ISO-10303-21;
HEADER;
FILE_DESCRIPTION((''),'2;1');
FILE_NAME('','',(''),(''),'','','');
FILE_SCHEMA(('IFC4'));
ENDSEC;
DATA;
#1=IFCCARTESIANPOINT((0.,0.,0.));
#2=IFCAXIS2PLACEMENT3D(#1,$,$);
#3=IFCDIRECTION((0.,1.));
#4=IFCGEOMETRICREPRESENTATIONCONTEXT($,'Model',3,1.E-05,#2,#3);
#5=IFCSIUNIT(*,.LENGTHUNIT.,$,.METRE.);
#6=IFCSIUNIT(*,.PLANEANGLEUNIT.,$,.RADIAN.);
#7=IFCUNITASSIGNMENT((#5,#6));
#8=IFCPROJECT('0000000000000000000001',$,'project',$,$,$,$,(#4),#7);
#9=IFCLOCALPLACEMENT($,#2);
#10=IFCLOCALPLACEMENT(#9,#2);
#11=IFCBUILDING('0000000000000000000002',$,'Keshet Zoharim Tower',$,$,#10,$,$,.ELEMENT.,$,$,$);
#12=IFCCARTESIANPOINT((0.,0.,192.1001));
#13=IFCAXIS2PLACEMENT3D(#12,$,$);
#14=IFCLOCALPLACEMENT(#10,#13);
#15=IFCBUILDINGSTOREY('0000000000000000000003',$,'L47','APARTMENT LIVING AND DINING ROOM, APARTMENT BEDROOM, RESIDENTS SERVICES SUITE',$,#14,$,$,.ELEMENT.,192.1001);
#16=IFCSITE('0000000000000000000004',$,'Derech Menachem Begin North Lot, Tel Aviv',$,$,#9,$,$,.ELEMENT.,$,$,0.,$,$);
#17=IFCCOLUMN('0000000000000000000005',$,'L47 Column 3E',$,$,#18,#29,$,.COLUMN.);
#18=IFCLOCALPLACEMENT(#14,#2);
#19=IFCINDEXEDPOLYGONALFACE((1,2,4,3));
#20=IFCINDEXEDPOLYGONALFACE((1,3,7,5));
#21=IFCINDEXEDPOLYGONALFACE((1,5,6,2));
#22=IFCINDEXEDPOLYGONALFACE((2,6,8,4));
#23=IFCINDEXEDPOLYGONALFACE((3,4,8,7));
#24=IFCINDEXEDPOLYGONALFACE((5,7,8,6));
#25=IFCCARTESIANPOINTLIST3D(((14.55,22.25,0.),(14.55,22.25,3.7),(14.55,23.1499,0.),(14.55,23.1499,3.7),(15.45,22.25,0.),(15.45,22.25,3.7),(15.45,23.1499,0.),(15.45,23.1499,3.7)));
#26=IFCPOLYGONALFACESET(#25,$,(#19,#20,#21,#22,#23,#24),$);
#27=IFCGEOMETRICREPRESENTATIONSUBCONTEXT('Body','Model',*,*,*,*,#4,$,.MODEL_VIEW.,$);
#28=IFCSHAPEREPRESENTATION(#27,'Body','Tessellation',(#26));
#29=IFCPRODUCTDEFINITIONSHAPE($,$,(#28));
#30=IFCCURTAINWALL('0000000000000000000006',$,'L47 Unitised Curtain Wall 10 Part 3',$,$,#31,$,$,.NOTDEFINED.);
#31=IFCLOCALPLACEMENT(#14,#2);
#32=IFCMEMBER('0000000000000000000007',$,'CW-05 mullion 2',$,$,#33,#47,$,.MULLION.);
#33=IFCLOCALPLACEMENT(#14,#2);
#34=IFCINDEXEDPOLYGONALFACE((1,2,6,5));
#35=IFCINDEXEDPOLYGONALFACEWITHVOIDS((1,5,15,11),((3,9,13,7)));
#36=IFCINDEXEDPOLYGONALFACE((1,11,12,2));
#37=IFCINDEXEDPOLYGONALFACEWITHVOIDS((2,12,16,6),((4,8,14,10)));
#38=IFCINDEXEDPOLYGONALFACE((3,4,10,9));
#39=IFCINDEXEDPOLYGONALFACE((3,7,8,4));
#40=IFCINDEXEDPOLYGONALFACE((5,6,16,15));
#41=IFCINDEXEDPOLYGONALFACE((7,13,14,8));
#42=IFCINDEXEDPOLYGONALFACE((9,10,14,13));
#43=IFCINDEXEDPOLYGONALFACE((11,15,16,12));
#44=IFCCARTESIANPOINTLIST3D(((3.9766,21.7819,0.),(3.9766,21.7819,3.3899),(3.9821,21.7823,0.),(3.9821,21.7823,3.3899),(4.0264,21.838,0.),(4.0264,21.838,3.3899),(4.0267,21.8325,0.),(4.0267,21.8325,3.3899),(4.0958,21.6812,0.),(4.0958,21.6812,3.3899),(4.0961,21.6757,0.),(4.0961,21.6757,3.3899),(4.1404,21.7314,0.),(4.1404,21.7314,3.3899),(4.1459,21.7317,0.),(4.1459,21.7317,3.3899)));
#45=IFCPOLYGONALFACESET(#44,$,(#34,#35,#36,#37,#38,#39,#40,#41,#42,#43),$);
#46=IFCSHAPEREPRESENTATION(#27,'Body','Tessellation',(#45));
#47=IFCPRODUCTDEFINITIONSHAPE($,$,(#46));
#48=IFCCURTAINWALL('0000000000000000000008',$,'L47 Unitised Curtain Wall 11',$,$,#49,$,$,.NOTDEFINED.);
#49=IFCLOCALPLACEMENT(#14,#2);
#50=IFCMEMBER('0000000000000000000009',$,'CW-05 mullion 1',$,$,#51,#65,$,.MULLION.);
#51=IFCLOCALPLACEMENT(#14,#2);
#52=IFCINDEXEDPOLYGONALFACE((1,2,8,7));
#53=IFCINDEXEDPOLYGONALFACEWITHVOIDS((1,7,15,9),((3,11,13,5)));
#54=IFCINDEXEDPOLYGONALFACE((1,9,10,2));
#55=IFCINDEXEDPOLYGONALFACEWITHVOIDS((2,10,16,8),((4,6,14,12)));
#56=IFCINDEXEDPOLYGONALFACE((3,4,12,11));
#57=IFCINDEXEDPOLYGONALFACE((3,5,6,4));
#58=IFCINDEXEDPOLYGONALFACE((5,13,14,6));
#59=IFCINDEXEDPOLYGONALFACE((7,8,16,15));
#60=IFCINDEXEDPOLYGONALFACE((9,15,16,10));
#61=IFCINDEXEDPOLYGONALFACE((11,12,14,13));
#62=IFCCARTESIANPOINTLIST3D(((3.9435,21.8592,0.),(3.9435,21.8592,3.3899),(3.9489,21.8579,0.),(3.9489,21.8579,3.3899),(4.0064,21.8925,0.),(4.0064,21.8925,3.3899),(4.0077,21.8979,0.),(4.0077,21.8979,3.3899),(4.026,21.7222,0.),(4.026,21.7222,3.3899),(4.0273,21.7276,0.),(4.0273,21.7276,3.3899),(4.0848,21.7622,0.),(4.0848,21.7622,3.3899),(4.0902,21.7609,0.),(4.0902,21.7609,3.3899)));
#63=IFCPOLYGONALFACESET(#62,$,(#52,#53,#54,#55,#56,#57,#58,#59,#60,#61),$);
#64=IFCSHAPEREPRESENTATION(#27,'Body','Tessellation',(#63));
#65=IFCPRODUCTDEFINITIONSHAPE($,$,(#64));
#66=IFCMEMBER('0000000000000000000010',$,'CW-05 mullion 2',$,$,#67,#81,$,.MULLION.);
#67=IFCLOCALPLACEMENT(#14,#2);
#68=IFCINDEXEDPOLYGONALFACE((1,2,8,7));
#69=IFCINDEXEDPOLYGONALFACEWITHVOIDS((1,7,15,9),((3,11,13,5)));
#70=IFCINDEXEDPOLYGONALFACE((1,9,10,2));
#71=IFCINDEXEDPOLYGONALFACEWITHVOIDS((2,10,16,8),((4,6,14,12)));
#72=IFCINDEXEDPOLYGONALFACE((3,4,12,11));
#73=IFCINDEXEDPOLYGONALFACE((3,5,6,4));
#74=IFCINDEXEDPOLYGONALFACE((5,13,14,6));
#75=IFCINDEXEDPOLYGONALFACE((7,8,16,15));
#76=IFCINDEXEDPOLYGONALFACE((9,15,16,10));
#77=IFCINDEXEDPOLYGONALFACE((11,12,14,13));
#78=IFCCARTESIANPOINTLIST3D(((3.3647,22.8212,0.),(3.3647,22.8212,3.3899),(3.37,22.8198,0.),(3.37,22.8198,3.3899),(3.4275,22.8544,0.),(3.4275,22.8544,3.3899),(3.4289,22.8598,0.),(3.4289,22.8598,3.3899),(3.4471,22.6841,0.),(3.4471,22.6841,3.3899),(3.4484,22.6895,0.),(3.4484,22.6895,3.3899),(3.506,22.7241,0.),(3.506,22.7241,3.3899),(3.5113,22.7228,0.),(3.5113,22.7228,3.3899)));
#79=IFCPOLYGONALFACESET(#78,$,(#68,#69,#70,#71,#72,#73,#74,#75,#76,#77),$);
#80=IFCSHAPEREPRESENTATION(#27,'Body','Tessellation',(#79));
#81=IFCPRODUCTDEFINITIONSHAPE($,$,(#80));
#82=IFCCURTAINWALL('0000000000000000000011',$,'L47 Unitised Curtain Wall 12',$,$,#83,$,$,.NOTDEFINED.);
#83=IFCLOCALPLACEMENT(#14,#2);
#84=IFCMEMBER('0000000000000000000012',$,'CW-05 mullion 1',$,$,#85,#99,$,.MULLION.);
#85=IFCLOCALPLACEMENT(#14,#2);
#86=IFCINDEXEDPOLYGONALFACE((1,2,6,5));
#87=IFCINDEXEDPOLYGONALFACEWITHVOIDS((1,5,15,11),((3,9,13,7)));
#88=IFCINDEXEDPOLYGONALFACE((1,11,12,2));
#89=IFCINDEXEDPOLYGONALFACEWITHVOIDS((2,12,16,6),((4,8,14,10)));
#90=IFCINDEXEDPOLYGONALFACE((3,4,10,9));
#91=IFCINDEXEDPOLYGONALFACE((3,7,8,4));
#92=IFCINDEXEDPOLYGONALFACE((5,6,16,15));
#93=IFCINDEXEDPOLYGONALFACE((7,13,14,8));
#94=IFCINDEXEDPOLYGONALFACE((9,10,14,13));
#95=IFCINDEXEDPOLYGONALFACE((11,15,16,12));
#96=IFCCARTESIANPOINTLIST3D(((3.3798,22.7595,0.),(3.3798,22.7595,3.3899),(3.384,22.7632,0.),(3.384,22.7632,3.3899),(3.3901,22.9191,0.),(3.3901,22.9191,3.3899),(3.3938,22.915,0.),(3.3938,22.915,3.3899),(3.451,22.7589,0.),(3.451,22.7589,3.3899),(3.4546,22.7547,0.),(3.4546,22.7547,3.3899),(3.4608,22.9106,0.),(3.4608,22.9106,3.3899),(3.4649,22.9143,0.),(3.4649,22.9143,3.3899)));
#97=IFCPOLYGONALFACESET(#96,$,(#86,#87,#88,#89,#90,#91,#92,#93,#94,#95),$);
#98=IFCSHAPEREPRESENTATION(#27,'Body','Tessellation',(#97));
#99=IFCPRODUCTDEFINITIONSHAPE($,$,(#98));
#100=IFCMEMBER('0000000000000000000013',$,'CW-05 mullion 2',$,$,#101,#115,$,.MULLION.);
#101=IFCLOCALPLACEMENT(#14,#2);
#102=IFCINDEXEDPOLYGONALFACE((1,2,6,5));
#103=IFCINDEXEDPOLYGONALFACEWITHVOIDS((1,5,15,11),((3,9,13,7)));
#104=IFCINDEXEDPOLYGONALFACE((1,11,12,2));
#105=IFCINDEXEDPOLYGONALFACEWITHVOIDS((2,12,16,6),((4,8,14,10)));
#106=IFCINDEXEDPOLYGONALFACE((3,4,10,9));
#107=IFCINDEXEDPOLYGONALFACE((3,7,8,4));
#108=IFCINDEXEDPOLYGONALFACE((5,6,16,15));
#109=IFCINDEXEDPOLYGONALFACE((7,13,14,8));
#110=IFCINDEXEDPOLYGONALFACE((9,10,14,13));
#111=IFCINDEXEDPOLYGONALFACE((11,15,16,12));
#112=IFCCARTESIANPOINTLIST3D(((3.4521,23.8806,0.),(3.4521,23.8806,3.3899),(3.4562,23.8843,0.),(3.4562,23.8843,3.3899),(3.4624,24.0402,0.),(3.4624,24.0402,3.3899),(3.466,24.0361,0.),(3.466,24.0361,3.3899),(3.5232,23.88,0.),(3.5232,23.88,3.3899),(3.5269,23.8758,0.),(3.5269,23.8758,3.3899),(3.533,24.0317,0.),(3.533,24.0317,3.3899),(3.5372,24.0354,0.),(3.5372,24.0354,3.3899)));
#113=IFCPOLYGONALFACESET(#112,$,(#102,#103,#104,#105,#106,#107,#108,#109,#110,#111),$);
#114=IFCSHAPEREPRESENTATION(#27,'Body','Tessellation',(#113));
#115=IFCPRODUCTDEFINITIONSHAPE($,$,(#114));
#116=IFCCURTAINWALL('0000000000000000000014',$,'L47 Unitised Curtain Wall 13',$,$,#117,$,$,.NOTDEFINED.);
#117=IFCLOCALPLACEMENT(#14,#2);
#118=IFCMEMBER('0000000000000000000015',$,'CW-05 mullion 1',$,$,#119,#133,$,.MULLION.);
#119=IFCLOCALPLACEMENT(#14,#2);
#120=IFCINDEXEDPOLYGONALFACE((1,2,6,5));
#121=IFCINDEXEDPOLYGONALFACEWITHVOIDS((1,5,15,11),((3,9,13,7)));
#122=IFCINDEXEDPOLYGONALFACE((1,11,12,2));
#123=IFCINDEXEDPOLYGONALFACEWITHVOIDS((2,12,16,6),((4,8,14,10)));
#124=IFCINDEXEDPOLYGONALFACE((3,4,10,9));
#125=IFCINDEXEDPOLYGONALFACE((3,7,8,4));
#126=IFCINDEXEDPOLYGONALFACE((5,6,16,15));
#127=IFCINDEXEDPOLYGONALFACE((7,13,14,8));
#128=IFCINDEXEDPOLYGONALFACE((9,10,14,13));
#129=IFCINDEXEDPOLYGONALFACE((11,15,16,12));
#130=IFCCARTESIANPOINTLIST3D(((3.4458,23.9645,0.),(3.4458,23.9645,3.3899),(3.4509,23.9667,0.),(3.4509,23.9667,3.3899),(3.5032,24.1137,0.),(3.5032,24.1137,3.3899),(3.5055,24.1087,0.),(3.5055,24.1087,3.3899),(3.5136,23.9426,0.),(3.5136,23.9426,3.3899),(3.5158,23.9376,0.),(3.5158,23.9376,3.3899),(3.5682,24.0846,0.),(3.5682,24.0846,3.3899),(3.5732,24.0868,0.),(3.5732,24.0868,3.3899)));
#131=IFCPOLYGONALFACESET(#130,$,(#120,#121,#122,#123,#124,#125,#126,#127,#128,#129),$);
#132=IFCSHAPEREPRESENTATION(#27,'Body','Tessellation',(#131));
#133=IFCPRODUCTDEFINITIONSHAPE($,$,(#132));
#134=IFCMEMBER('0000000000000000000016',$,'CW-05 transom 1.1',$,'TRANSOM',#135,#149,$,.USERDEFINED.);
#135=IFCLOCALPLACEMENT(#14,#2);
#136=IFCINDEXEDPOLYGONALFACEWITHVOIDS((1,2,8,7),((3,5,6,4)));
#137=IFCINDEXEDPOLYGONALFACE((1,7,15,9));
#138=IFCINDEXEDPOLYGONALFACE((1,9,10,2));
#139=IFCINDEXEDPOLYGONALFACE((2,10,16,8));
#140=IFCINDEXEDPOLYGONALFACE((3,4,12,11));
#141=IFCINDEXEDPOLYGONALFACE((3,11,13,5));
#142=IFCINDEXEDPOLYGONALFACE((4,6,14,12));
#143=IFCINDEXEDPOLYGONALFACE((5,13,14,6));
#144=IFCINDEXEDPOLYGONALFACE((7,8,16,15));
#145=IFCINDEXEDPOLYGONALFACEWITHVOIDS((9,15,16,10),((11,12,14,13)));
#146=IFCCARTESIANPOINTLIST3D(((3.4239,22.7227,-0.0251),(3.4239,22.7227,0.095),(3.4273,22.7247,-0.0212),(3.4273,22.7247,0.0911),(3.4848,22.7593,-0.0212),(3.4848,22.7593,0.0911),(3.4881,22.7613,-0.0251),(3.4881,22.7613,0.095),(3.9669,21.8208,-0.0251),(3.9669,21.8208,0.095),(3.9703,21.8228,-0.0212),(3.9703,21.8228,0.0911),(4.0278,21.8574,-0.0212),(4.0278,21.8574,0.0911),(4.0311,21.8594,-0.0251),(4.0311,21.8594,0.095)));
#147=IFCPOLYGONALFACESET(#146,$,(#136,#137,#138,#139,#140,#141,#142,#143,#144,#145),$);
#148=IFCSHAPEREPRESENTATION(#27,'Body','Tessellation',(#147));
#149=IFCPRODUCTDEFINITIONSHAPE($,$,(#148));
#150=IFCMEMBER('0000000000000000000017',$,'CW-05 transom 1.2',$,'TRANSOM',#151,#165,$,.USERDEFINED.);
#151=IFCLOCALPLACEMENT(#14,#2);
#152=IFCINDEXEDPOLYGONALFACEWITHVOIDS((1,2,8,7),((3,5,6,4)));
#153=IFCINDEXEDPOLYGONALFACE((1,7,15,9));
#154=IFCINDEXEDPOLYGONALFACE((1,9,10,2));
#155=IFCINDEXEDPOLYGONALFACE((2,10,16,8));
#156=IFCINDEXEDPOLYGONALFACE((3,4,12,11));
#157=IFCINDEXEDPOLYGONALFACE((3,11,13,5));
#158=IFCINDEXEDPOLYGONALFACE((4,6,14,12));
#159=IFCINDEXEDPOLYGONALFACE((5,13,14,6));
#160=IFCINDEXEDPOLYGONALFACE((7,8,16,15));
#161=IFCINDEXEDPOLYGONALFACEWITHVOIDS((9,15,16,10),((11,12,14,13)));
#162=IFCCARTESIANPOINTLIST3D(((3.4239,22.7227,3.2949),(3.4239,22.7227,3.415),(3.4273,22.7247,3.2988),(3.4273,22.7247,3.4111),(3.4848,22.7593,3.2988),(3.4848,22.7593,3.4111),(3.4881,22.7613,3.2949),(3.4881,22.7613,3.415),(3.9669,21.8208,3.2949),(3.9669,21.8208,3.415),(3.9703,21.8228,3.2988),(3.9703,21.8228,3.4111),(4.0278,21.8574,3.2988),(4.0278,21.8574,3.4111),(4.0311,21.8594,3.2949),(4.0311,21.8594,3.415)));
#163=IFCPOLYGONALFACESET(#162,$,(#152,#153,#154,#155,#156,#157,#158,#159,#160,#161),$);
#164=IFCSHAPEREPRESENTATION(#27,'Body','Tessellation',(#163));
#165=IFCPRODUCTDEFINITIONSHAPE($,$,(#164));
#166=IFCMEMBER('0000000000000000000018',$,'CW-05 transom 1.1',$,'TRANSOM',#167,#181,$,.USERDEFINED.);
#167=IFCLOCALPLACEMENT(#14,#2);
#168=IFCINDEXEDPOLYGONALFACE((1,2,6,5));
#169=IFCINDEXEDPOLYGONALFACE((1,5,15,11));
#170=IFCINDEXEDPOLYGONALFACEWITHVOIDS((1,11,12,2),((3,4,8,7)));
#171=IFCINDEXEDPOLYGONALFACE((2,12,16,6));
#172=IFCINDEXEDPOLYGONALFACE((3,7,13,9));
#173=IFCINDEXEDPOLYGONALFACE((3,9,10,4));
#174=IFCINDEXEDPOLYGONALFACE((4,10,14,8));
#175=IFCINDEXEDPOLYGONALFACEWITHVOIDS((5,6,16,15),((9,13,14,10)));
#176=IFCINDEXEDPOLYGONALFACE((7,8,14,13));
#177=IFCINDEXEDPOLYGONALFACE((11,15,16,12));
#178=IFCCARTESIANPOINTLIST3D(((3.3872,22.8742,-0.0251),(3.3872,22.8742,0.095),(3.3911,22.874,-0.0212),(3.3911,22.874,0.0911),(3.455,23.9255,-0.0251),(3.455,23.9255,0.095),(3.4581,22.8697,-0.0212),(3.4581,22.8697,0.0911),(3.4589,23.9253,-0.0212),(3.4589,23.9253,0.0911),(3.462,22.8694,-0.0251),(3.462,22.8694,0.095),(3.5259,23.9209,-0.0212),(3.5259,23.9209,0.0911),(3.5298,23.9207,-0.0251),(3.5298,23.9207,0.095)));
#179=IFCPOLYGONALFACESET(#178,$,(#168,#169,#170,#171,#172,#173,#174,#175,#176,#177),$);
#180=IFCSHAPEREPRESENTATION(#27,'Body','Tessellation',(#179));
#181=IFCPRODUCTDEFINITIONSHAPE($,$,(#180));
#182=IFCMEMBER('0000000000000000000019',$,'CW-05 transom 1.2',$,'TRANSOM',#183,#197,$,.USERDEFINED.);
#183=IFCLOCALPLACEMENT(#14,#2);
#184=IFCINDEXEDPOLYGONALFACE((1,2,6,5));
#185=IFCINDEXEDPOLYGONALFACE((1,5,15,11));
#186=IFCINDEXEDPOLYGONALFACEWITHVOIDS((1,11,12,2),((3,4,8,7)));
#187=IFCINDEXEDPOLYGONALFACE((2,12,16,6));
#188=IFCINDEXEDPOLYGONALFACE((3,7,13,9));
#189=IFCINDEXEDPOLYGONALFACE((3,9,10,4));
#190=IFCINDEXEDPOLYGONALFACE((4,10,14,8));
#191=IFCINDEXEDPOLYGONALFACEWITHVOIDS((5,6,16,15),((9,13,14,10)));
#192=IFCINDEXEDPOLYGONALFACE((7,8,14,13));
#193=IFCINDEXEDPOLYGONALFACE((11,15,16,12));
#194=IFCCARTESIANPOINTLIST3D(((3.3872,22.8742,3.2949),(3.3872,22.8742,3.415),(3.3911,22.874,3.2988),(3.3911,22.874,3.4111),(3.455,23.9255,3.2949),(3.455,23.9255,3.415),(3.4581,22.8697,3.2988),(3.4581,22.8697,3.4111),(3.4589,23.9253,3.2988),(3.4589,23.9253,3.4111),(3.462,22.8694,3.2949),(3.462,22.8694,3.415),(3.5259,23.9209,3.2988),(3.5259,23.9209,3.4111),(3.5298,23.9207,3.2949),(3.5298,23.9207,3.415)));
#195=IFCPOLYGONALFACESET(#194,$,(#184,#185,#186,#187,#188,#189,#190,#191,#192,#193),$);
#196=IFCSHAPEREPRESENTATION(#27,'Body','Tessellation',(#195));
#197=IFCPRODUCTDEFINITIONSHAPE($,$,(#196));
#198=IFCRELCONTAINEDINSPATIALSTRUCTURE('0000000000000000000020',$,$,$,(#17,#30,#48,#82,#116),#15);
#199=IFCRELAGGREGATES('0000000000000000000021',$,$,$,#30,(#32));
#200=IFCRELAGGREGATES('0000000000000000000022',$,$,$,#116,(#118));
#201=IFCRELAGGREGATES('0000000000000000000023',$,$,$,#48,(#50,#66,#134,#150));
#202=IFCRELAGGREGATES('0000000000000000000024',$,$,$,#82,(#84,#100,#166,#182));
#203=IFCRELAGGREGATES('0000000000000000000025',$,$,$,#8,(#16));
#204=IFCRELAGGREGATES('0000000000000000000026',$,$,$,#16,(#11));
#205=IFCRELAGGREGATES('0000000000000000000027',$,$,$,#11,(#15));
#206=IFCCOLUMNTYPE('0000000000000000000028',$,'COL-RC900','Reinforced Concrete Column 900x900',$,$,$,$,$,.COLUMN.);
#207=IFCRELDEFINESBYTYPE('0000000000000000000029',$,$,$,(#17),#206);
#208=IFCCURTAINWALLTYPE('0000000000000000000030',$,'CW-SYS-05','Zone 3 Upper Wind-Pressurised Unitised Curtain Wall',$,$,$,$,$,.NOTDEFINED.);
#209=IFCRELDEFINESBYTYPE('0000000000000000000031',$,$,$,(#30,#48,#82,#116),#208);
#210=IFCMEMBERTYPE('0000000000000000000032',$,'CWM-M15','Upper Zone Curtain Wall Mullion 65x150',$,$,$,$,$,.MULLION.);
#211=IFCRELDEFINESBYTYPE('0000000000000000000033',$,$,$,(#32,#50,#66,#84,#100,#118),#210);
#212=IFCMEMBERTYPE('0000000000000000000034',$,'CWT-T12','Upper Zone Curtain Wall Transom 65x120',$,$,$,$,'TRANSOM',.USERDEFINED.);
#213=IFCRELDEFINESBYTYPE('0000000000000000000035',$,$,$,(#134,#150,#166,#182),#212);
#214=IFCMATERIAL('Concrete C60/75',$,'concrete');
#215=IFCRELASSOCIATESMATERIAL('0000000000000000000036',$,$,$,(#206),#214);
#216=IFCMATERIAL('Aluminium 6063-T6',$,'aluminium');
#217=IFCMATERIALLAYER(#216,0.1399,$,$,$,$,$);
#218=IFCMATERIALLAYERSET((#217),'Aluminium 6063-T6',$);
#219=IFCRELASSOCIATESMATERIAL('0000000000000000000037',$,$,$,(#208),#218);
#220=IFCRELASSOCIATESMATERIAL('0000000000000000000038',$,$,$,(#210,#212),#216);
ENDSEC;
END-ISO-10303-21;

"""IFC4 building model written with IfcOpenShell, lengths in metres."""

from ifc_helpers import new_model, si_unit, direction, frame, origin, origin_2d, place, context, subcontext, project, spatial, rectangle, hollow_rectangle, extrude, material, layer, layer_set, material_profile, profile_set, type_object, element, aggregate, save


model = new_model("IFC4")

# Units and contexts
model_context = context("Model", 3, precision=1e-05, world=origin(), true_north=direction((0.0, 1.0)))
body_context = subcontext(model_context, "Body", "Model", "MODEL_VIEW")
ifc_project = project(units=[si_unit("LENGTHUNIT", "METRE"), si_unit("PLANEANGLEUNIT", "RADIAN")], contexts=[model_context])

# Site, building, storey
site_placement = place(None, origin())
site = spatial("IfcSite", under=ifc_project, at=site_placement, Name="Derech Menachem Begin North Lot, Tel Aviv", CompositionType="ELEMENT", RefElevation=0.0)
building_placement = place(site_placement, origin())
building = spatial("IfcBuilding", under=site, at=building_placement, Name="Keshet Zoharim Tower", CompositionType="ELEMENT")
storey_placement = place(building_placement, frame((0.0, 0.0, 192.1001)))
storey = spatial("IfcBuildingStorey", under=building, at=storey_placement, Name="L47", Description="APARTMENT LIVING AND DINING ROOM, APARTMENT BEDROOM, RESIDENTS SERVICES SUITE", CompositionType="ELEMENT", Elevation=192.1001)

# Column
ifc_material_1 = material(Name="Concrete C60/75", Category="concrete")
ifc_material_profile_1 = material_profile(ifc_material_1, rectangle(XDim=0.8999, YDim=0.8999, at=origin_2d()), Name="RC900x900")
ifc_profile_set_1 = profile_set([ifc_material_profile_1], Name="Concrete C60/75")
column_type = type_object("IfcColumnType", Name="COL-RC900", Description="Reinforced Concrete Column 900x900", PredefinedType="COLUMN", material=ifc_profile_set_1)
column_placement = place(storey_placement, frame((15.0, 22.7, 0.0), z_axis=(0.0, 0.0, 1.0), x_axis=(1.0, 0.0, 0.0)))
element("IfcColumn", 1, at=column_placement, inside=storey, type_object=column_type, Name="L47 Column 3E", PredefinedType="COLUMN", context=body_context, shape_type="SweptSolid", body=[
    extrude(rectangle(XDim=0.8999, YDim=0.8999, at=origin_2d()), origin(), (0.0, 0.0, 1.0), 3.7),
])

# Curtain wall, member
ifc_material_2 = material(Name="Aluminium 6063-T6", Category="aluminium")
ifc_layer_1 = layer(ifc_material_2, 0.1399)
ifc_layer_set_1 = layer_set([ifc_layer_1], Name="Aluminium 6063-T6")
curtain_wall_type = type_object("IfcCurtainWallType", Name="CW-SYS-05", Description="Zone 3 Upper Wind-Pressurised Unitised Curtain Wall", PredefinedType="NOTDEFINED", material=ifc_layer_set_1)
curtain_wall_1_placement = place(storey_placement, origin())
curtain_wall_1 = element("IfcCurtainWall", 2, at=curtain_wall_1_placement, inside=storey, type_object=curtain_wall_type, Name="L47 Unitised Curtain Wall 10 Part 3", PredefinedType="NOTDEFINED")
ifc_material_profile_2 = material_profile(ifc_material_2, hollow_rectangle(XDim=0.075, YDim=0.1599, WallThickness=0.0039, at=origin_2d()), Name="MUL-75x160")
ifc_profile_set_2 = profile_set([ifc_material_profile_2], Name="Aluminium 6063-T6")
member_type_1 = type_object("IfcMemberType", Name="CWM-M15", Description="Upper Zone Curtain Wall Mullion 65x150", PredefinedType="MULLION", material=ifc_profile_set_2)
member_1_placement = place(storey_placement, frame((4.0613, 21.7568, 0.0), z_axis=(0.0, 0.0, 1.0), x_axis=(-0.664367, -0.747407, 0.0)))
member_1 = element("IfcMember", 3, at=member_1_placement, type_object=member_type_1, Name="CW-05 mullion 2", PredefinedType="MULLION", context=body_context, shape_type="SweptSolid", body=[
    extrude(hollow_rectangle(XDim=0.075, YDim=0.1599, WallThickness=0.0039, at=origin_2d()), origin(), (0.0, 0.0, 1.0), 3.3899),
])
aggregate(curtain_wall_1, [member_1])

# Curtain walls, members
curtain_wall_2_placement = place(storey_placement, origin())
curtain_wall_2 = element("IfcCurtainWall", 4, at=curtain_wall_2_placement, inside=storey, type_object=curtain_wall_type, Name="L47 Unitised Curtain Wall 11", PredefinedType="NOTDEFINED")
member_2_placement = place(storey_placement, frame((4.0168, 21.8101, 0.0), z_axis=(0.0, 0.0, 1.0), x_axis=(-0.856826, -0.515605, 0.0)))
member_2 = element("IfcMember", 5, at=member_2_placement, type_object=member_type_1, Name="CW-05 mullion 1", PredefinedType="MULLION", context=body_context, shape_type="SweptSolid", body=[
    extrude(hollow_rectangle(XDim=0.075, YDim=0.1599, WallThickness=0.0039, at=origin_2d()), origin(), (0.0, 0.0, 1.0), 3.3899),
])
member_3_placement = place(storey_placement, frame((3.438, 22.772, 0.0), z_axis=(0.0, 0.0, 1.0), x_axis=(-0.856826, -0.515605, 0.0)))
member_3 = element("IfcMember", 6, at=member_3_placement, type_object=member_type_1, Name="CW-05 mullion 2", PredefinedType="MULLION", context=body_context, shape_type="SweptSolid", body=[
    extrude(hollow_rectangle(XDim=0.075, YDim=0.1599, WallThickness=0.0039, at=origin_2d()), origin(), (0.0, 0.0, 1.0), 3.3899),
])
curtain_wall_3_placement = place(storey_placement, origin())
curtain_wall_3 = element("IfcCurtainWall", 7, at=curtain_wall_3_placement, inside=storey, type_object=curtain_wall_type, Name="L47 Unitised Curtain Wall 12", PredefinedType="NOTDEFINED")
member_4_placement = place(storey_placement, frame((3.4224, 22.8369, 0.0), z_axis=(0.0, 0.0, 1.0), x_axis=(-0.997917, 0.064517, 0.0)))
member_4 = element("IfcMember", 8, at=member_4_placement, type_object=member_type_1, Name="CW-05 mullion 1", PredefinedType="MULLION", context=body_context, shape_type="SweptSolid", body=[
    extrude(hollow_rectangle(XDim=0.075, YDim=0.1599, WallThickness=0.0039, at=origin_2d()), origin(), (0.0, 0.0, 1.0), 3.3899),
])
member_5_placement = place(storey_placement, frame((3.4946, 23.958, 0.0), z_axis=(0.0, 0.0, 1.0), x_axis=(-0.997917, 0.064517, 0.0)))
member_5 = element("IfcMember", 9, at=member_5_placement, type_object=member_type_1, Name="CW-05 mullion 2", PredefinedType="MULLION", context=body_context, shape_type="SweptSolid", body=[
    extrude(hollow_rectangle(XDim=0.075, YDim=0.1599, WallThickness=0.0039, at=origin_2d()), origin(), (0.0, 0.0, 1.0), 3.3899),
])

# Curtain wall, member
curtain_wall_4_placement = place(storey_placement, origin())
curtain_wall_4 = element("IfcCurtainWall", 10, at=curtain_wall_4_placement, inside=storey, type_object=curtain_wall_type, Name="L47 Unitised Curtain Wall 13", PredefinedType="NOTDEFINED")
member_6_placement = place(storey_placement, frame((3.5095, 24.0256, 0.0), z_axis=(0.0, 0.0, 1.0), x_axis=(-0.933341, 0.35899, 0.0)))
member_6 = element("IfcMember", 11, at=member_6_placement, type_object=member_type_1, Name="CW-05 mullion 1", PredefinedType="MULLION", context=body_context, shape_type="SweptSolid", body=[
    extrude(hollow_rectangle(XDim=0.075, YDim=0.1599, WallThickness=0.0039, at=origin_2d()), origin(), (0.0, 0.0, 1.0), 3.3899),
])

# Members
ifc_material_profile_3 = material_profile(ifc_material_2, hollow_rectangle(XDim=0.075, YDim=0.1201, WallThickness=0.0039, at=origin_2d()), Name="TRN-75x120")
ifc_profile_set_3 = profile_set([ifc_material_profile_3], Name="Aluminium 6063-T6")
member_type_2 = type_object("IfcMemberType", Name="CWT-T12", Description="Upper Zone Curtain Wall Transom 65x120", ElementType="TRANSOM", PredefinedType="USERDEFINED", material=ifc_profile_set_3)
member_7_placement = place(storey_placement, frame((3.999, 21.8401, 0.0349), z_axis=(-0.515791, 0.856714, 0.0), x_axis=(-0.856714, -0.515791, 0.0)))
member_7 = element("IfcMember", 12, at=member_7_placement, type_object=member_type_2, Name="CW-05 transom 1.1", ObjectType="TRANSOM", PredefinedType="USERDEFINED", context=body_context, shape_type="SweptSolid", body=[
    extrude(hollow_rectangle(XDim=0.075, YDim=0.1201, WallThickness=0.0039, at=origin_2d()), origin(), (0.0, 0.0, 1.0), 1.0527),
])
member_8_placement = place(storey_placement, frame((3.999, 21.8401, 3.355), z_axis=(-0.515791, 0.856714, 0.0), x_axis=(-0.856714, -0.515791, 0.0)))
member_8 = element("IfcMember", 13, at=member_8_placement, type_object=member_type_2, Name="CW-05 transom 1.2", ObjectType="TRANSOM", PredefinedType="USERDEFINED", context=body_context, shape_type="SweptSolid", body=[
    extrude(hollow_rectangle(XDim=0.075, YDim=0.1201, WallThickness=0.0039, at=origin_2d()), origin(), (0.0, 0.0, 1.0), 1.0527),
])
member_9_placement = place(storey_placement, frame((3.4246, 22.8718, 0.0349), z_axis=(0.064427, 0.997922, 0.0), x_axis=(-0.997922, 0.064427, 0.0)))
member_9 = element("IfcMember", 14, at=member_9_placement, type_object=member_type_2, Name="CW-05 transom 1.1", ObjectType="TRANSOM", PredefinedType="USERDEFINED", context=body_context, shape_type="SweptSolid", body=[
    extrude(hollow_rectangle(XDim=0.075, YDim=0.1201, WallThickness=0.0039, at=origin_2d()), origin(), (0.0, 0.0, 1.0), 1.0535),
])
member_10_placement = place(storey_placement, frame((3.4246, 22.8718, 3.355), z_axis=(0.064427, 0.997922, 0.0), x_axis=(-0.997922, 0.064427, 0.0)))
member_10 = element("IfcMember", 15, at=member_10_placement, type_object=member_type_2, Name="CW-05 transom 1.2", ObjectType="TRANSOM", PredefinedType="USERDEFINED", context=body_context, shape_type="SweptSolid", body=[
    extrude(hollow_rectangle(XDim=0.075, YDim=0.1201, WallThickness=0.0039, at=origin_2d()), origin(), (0.0, 0.0, 1.0), 1.0535),
])
aggregate(curtain_wall_4, [member_6])

aggregate(curtain_wall_2, [member_2, member_3, member_7, member_8])
aggregate(curtain_wall_3, [member_4, member_5, member_9, member_10])

save(model, "model.ifc")
